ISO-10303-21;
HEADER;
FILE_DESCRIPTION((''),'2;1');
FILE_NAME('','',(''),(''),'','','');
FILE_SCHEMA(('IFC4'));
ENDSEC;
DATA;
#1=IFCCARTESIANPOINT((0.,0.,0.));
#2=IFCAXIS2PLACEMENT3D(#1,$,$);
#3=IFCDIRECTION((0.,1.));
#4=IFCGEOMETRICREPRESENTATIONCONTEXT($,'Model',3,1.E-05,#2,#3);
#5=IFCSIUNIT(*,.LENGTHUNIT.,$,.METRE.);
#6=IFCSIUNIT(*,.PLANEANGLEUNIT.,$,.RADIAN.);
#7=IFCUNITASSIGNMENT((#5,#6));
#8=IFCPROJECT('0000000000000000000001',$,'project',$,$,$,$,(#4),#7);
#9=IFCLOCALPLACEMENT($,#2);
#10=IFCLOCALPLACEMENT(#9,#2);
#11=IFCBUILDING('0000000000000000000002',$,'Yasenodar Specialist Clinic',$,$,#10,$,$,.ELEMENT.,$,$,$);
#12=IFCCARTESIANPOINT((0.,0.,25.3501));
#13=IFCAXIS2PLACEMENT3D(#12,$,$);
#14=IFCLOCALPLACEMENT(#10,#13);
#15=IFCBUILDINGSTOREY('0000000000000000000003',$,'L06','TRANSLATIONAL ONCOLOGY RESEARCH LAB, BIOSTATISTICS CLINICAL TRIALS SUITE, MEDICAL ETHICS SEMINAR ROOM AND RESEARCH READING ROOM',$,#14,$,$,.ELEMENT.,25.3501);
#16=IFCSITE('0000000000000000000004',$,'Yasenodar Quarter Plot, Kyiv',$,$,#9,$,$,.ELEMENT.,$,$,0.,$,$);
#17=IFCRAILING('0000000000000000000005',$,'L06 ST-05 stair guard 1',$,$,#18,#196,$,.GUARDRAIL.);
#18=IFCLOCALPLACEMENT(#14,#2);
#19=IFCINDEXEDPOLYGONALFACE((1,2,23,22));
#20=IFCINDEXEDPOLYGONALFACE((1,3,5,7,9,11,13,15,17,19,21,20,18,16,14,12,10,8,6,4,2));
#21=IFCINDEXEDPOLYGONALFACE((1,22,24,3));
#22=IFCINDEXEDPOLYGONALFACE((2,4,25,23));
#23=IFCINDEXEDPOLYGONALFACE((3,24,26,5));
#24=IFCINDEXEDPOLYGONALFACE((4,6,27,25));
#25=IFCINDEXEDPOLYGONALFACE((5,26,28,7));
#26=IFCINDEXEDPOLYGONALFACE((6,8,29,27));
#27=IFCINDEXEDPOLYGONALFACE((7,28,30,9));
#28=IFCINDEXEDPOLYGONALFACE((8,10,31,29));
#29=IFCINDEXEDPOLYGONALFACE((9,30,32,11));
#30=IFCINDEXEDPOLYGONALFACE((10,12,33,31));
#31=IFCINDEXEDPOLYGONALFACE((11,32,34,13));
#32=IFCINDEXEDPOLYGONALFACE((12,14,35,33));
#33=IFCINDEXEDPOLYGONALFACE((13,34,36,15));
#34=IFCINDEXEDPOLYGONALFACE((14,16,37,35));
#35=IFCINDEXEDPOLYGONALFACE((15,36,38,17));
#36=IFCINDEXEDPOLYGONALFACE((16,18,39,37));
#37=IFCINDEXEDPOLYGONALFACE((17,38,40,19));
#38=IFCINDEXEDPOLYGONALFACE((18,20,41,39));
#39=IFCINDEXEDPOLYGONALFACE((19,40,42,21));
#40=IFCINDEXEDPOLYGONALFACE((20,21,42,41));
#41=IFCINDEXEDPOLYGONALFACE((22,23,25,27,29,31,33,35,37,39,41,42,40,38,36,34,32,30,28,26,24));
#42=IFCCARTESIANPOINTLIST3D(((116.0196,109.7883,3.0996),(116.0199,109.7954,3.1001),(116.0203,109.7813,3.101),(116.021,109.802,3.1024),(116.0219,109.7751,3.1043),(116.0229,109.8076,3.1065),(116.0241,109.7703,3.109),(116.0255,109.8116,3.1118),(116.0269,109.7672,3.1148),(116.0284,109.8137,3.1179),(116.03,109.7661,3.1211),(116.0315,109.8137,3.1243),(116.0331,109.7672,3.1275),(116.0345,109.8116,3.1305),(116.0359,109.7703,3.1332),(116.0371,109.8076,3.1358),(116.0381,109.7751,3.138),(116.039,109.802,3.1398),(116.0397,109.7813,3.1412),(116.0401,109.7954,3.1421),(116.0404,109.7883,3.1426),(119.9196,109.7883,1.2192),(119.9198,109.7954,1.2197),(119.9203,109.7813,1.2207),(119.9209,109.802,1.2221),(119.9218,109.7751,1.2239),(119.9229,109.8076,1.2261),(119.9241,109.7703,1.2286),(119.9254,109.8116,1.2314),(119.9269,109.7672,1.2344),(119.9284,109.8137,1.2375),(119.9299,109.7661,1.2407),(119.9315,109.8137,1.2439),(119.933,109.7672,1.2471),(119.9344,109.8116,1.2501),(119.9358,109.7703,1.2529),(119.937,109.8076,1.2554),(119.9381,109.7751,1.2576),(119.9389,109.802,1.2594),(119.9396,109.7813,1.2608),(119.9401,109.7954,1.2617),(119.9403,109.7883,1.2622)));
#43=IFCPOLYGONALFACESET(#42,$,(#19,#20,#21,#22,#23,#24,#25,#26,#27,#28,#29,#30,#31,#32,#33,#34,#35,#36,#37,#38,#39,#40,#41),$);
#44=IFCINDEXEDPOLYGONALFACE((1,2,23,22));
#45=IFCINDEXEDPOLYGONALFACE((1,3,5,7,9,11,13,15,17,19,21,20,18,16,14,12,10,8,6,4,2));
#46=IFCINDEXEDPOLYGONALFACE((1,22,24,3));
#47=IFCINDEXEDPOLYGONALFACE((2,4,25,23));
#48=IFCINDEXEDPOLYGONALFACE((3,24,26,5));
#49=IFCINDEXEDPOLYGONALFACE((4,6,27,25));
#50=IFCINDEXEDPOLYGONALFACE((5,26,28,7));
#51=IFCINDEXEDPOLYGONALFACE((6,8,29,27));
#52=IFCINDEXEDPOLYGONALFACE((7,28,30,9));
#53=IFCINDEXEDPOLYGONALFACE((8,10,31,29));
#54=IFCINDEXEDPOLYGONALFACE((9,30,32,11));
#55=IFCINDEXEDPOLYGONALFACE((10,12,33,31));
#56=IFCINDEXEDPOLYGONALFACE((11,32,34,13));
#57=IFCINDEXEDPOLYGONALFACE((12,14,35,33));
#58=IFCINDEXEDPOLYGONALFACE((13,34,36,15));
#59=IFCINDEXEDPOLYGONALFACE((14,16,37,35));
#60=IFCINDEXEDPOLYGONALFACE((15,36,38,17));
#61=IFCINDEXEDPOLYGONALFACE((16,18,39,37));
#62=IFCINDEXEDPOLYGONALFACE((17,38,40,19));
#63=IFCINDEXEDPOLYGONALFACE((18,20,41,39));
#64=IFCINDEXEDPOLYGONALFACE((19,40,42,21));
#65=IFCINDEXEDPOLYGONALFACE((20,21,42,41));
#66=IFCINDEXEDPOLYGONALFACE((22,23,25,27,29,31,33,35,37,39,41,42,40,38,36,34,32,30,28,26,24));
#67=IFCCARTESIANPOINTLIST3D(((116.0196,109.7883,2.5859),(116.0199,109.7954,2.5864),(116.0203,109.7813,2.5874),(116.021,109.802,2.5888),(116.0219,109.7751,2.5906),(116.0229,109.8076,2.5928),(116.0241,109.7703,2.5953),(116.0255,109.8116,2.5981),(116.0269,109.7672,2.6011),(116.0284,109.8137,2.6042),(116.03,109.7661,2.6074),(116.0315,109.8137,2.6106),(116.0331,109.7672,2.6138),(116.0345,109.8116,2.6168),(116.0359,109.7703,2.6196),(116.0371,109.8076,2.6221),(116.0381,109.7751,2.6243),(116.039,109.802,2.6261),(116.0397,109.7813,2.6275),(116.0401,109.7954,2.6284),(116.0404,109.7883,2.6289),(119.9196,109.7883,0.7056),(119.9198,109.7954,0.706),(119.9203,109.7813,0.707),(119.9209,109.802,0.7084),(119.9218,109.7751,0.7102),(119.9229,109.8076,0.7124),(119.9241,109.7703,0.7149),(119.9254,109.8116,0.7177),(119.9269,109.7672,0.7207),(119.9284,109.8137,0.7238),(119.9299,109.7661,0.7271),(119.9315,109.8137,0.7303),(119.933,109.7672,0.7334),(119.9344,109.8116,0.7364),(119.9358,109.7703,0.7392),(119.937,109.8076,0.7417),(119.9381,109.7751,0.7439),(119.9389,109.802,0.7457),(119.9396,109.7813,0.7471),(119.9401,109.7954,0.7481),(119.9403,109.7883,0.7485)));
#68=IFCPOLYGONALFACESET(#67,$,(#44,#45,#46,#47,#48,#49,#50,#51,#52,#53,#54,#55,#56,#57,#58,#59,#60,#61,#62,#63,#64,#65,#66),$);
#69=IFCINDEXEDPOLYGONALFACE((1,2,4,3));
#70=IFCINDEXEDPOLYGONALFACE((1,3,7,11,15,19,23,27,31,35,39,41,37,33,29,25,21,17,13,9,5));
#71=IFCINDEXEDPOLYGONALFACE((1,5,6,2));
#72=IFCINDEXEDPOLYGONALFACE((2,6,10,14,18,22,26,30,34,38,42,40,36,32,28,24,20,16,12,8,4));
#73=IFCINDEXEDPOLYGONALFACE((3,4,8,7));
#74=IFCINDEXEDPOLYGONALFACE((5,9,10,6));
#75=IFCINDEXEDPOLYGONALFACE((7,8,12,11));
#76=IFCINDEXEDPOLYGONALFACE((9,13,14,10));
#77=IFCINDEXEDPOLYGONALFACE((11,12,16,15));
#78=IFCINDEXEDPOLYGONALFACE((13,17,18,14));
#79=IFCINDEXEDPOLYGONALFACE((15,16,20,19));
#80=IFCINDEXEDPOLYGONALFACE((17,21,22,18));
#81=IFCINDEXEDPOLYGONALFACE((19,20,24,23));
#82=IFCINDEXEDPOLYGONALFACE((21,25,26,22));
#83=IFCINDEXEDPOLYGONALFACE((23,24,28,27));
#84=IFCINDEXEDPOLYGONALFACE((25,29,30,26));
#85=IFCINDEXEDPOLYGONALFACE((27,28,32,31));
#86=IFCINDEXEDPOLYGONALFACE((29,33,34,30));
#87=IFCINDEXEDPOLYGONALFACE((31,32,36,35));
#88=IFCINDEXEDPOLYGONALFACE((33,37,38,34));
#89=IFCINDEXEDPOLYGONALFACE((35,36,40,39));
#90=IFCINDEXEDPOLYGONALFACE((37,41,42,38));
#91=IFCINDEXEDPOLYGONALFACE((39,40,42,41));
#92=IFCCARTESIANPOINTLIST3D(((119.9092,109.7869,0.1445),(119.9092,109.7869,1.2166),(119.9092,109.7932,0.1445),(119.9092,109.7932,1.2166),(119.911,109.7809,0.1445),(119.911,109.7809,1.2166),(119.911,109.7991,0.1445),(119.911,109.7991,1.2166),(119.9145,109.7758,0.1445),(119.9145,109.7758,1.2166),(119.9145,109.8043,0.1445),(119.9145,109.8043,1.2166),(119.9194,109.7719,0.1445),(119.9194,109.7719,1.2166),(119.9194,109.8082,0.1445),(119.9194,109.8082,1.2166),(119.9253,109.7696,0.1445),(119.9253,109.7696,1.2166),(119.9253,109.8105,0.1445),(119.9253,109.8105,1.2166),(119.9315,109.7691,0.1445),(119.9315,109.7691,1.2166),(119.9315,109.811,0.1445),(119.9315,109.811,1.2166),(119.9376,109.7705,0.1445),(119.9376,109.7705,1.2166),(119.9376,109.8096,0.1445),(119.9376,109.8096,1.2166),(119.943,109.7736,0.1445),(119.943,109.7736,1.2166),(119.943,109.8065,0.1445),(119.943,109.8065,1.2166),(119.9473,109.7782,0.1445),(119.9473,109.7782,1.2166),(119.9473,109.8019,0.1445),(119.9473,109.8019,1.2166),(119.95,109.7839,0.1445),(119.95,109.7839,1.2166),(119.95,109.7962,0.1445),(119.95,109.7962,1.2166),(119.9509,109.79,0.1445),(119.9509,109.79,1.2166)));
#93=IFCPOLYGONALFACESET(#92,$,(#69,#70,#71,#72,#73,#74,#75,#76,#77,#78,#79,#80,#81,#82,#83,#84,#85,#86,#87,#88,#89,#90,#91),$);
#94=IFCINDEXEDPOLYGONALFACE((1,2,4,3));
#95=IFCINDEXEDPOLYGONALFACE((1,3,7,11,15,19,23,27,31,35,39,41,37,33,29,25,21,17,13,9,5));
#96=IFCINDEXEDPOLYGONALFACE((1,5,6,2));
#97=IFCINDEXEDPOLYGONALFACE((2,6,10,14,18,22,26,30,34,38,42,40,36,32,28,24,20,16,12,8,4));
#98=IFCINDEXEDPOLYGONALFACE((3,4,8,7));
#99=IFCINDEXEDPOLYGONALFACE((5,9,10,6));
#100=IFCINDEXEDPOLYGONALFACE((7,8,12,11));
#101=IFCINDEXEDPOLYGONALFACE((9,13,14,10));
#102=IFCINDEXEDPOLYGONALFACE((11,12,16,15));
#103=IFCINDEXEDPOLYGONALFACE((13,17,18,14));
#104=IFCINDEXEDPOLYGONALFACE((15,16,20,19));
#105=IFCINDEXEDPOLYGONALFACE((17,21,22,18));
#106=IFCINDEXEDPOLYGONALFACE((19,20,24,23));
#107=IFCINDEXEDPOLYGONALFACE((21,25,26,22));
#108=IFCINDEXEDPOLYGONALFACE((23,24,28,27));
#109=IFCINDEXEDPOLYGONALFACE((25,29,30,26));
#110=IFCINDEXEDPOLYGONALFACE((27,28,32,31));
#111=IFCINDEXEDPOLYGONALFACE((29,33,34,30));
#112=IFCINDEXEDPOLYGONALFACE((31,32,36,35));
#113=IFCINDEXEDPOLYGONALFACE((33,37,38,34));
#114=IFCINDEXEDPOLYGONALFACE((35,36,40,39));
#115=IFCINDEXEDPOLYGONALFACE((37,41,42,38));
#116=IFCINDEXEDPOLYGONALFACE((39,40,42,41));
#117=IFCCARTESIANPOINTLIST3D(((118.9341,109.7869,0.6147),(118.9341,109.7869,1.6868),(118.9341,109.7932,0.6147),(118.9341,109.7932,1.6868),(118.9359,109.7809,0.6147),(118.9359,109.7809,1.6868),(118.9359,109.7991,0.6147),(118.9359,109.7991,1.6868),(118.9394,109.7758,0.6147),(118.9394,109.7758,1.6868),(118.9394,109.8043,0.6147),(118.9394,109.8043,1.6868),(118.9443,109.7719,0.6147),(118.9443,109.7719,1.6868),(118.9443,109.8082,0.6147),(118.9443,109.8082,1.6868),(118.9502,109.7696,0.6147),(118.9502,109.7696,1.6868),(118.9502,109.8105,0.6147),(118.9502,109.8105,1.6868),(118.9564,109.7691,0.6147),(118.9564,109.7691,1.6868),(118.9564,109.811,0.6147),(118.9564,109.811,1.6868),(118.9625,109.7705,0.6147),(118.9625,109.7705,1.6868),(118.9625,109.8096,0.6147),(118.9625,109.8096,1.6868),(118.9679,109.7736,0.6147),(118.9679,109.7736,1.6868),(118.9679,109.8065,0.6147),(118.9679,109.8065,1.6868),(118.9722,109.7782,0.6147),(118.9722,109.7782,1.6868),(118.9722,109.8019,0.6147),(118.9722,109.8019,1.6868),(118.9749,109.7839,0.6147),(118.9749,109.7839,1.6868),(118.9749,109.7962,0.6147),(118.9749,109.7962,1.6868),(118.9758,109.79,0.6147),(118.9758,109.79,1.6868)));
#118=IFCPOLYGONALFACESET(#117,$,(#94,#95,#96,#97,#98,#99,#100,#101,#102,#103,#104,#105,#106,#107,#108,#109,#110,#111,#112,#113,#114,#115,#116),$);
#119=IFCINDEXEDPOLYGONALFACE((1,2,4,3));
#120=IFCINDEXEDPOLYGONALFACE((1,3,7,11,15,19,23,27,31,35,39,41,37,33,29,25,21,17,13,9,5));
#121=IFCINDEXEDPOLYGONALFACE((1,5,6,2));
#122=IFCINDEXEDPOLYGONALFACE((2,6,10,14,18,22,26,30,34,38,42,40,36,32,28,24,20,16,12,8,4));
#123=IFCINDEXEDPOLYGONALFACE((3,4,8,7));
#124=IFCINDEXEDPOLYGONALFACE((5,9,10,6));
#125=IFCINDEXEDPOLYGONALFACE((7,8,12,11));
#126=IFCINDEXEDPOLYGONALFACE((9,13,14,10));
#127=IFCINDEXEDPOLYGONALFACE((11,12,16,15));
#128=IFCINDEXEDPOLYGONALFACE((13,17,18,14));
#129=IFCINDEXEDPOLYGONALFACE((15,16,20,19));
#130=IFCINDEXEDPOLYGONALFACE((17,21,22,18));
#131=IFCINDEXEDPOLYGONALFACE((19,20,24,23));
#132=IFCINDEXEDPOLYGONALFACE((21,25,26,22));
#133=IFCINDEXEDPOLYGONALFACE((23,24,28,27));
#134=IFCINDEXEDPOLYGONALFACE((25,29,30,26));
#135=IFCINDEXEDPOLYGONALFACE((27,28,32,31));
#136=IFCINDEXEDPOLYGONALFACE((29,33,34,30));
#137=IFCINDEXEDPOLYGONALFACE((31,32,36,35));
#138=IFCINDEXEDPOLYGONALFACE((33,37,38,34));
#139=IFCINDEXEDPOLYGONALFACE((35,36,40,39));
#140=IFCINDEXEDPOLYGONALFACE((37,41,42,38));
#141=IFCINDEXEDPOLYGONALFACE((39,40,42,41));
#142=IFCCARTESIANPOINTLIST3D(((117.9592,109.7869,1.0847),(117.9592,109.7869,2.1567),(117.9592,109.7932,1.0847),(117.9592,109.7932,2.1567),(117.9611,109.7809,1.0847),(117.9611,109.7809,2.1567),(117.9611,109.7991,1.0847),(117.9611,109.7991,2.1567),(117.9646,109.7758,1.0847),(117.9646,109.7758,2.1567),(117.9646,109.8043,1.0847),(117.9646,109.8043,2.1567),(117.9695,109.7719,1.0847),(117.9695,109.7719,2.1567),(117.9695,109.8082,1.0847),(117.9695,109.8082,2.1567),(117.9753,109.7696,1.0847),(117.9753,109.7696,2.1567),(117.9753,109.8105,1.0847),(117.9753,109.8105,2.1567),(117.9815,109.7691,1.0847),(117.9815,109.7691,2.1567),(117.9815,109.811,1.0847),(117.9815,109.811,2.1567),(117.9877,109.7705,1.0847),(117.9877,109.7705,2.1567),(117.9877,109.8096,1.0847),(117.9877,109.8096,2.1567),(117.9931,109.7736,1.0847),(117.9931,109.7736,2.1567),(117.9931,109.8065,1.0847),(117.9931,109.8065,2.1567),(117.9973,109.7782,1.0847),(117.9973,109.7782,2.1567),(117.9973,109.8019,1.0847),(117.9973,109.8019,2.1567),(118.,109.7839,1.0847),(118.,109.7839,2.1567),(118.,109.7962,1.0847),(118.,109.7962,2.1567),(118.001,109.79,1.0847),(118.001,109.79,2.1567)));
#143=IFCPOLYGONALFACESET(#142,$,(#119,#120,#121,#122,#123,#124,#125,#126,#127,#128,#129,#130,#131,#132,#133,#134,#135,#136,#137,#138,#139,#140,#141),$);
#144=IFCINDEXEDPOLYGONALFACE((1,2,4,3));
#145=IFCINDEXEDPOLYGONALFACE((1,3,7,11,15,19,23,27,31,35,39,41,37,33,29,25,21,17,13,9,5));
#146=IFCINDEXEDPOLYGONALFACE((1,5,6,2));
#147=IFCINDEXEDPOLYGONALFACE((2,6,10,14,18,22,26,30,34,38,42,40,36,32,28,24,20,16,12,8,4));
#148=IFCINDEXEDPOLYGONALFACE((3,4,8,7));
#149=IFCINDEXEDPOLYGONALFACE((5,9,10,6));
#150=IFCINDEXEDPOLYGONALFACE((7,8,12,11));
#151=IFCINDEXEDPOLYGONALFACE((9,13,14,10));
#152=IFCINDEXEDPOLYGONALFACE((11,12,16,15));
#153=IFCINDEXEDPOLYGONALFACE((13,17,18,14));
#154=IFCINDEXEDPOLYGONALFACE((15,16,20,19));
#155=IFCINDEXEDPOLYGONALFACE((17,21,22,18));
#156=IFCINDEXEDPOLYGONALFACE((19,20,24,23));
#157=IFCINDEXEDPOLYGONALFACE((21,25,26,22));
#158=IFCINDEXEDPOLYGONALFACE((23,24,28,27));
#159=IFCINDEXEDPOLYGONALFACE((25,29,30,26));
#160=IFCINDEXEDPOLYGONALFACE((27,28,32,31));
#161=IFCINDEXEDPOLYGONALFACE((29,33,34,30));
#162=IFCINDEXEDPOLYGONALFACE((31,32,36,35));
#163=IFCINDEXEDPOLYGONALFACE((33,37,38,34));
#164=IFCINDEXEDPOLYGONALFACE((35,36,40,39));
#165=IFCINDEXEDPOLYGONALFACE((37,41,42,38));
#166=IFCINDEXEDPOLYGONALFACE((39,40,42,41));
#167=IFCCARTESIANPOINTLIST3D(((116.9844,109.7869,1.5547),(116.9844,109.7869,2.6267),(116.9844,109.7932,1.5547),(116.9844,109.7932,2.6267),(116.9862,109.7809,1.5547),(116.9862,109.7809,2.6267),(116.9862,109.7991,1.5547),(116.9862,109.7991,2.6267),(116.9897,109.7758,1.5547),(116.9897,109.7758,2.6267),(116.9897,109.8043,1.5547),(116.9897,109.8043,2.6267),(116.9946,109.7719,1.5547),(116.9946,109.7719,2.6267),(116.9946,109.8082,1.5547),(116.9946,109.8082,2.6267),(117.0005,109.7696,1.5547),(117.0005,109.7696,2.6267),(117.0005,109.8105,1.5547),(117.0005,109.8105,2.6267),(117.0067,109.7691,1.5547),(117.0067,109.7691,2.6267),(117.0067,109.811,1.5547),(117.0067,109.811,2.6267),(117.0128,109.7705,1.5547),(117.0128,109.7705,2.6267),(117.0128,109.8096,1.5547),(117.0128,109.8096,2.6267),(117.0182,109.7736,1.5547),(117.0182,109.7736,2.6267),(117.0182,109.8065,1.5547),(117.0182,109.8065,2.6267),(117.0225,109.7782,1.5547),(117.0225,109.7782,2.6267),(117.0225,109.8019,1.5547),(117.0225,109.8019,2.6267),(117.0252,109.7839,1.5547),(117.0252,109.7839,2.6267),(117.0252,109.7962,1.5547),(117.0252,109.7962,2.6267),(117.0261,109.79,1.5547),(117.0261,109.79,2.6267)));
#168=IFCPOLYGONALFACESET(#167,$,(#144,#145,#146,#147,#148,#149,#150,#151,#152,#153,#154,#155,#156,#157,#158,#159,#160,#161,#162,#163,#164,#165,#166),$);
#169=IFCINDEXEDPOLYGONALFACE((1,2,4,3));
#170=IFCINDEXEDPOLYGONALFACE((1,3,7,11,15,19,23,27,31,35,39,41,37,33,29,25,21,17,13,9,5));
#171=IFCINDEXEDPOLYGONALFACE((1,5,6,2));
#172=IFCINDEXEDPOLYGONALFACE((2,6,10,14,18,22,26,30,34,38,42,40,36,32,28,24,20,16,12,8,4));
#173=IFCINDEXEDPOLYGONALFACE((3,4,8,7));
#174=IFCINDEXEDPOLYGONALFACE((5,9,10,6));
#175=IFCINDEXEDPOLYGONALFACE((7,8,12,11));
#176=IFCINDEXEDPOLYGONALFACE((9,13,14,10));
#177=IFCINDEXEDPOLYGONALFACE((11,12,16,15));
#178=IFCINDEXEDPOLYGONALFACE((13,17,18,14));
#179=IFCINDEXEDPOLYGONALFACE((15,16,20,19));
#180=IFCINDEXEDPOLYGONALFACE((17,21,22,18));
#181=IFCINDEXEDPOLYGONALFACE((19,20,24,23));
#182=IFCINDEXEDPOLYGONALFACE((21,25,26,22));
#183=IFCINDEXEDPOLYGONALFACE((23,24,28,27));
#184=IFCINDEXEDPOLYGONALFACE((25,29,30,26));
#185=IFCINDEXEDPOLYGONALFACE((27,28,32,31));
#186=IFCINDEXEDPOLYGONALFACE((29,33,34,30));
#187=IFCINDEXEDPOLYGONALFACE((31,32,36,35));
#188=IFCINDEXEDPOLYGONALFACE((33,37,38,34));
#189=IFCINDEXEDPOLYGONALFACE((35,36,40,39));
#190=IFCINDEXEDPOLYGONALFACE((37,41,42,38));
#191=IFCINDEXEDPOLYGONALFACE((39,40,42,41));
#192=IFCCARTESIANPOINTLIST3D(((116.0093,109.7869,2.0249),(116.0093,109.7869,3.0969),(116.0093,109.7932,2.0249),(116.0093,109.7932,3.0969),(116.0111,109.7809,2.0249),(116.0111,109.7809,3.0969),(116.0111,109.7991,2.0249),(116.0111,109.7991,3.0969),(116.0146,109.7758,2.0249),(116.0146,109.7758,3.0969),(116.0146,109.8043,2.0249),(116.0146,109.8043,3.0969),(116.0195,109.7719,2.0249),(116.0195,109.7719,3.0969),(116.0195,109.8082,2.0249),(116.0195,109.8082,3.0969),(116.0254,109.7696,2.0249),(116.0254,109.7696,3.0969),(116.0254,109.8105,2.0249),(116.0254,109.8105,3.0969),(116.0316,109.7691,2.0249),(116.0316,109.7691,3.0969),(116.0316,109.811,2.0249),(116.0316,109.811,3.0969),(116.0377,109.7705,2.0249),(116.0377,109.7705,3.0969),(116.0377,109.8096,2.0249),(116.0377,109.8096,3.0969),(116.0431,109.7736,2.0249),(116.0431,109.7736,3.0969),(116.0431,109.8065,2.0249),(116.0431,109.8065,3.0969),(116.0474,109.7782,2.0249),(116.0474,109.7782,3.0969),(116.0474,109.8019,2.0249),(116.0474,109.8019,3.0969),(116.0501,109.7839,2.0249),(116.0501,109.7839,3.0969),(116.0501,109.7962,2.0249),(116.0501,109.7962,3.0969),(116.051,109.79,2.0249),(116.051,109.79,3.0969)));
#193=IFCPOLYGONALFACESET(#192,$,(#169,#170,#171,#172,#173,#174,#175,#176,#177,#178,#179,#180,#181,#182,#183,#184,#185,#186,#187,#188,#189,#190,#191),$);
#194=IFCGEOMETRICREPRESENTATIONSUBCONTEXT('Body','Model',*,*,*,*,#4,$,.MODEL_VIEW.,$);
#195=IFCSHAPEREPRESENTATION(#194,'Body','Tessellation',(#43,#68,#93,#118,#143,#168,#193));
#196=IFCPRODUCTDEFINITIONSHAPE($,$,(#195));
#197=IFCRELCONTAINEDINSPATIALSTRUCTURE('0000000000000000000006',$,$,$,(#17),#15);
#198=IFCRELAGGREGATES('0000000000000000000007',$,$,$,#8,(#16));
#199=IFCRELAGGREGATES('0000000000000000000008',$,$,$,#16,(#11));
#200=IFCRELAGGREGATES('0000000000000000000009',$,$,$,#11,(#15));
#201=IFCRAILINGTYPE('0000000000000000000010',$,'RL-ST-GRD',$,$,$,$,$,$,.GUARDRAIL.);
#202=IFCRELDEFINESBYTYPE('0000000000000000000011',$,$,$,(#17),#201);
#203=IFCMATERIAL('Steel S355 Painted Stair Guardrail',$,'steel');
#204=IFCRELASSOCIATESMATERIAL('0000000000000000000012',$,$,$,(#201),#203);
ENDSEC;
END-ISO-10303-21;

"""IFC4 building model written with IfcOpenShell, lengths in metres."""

from ifc_helpers import new_model, si_unit, direction, frame, origin, origin_2d, place, context, subcontext, project, spatial, circle, extrude, material, type_object, element, save


model = new_model("IFC4")

# Units and contexts
model_context = context("Model", 3, precision=1e-05, world=origin(), true_north=direction((0.0, 1.0)))
body_context = subcontext(model_context, "Body", "Model", "MODEL_VIEW")
ifc_project = project(units=[si_unit("LENGTHUNIT", "METRE"), si_unit("PLANEANGLEUNIT", "RADIAN")], contexts=[model_context])

# Site, building, storey
site_placement = place(None, origin())
site = spatial("IfcSite", under=ifc_project, at=site_placement, Name="Yasenodar Quarter Plot, Kyiv", CompositionType="ELEMENT", RefElevation=0.0)
building_placement = place(site_placement, origin())
building = spatial("IfcBuilding", under=site, at=building_placement, Name="Yasenodar Specialist Clinic", CompositionType="ELEMENT")
storey_placement = place(building_placement, frame((0.0, 0.0, 25.3501)))
storey = spatial("IfcBuildingStorey", under=building, at=storey_placement, Name="L06", Description="TRANSLATIONAL ONCOLOGY RESEARCH LAB, BIOSTATISTICS CLINICAL TRIALS SUITE, MEDICAL ETHICS SEMINAR ROOM AND RESEARCH READING ROOM", CompositionType="ELEMENT", Elevation=25.3501)

# Railing
ifc_material_1 = material(Name="Steel S355 Painted Stair Guardrail", Category="steel")
railing_type_1 = type_object("IfcRailingType", Name="RL-ST-GRD", PredefinedType="GUARDRAIL", material=ifc_material_1)
railing_1_placement = place(storey_placement, frame((119.9299, 109.79, 0.1445)))
element("IfcRailing", 1, at=railing_1_placement, inside=storey, type_object=railing_type_1, Name="L06 ST-05 stair guard 1", PredefinedType="GUARDRAIL", context=body_context, shape_type="SweptSolid", body=[
    extrude(circle(Radius=0.0239, at=origin_2d()), frame((0.0, 0.0, 1.0962), z_axis=(-0.900763, 0.0, 0.434311), x_axis=(0.0, -1.0, 0.0)), (0.0, 0.0, 1.0), 4.3296),
    extrude(circle(Radius=0.0239, at=origin_2d()), frame((0.0, 0.0, 0.5825), z_axis=(-0.900763, 0.0, 0.434311), x_axis=(0.0, -1.0, 0.0)), (0.0, 0.0, 1.0), 4.3296),
    extrude(circle(Radius=0.021, at=origin_2d()), origin(), (0.0, 0.0, 1.0), 1.072),
    extrude(circle(Radius=0.021, at=origin_2d()), frame((-0.9751, 0.0, 0.4702)), (0.0, 0.0, 1.0), 1.072),
    extrude(circle(Radius=0.021, at=origin_2d()), frame((-1.95, 0.0, 0.9402)), (0.0, 0.0, 1.0), 1.072),
    extrude(circle(Radius=0.021, at=origin_2d()), frame((-2.9248, 0.0, 1.4102)), (0.0, 0.0, 1.0), 1.072),
    extrude(circle(Radius=0.021, at=origin_2d()), frame((-3.8999, 0.0, 1.8804)), (0.0, 0.0, 1.0), 1.072),
])

save(model, "model.ifc")
